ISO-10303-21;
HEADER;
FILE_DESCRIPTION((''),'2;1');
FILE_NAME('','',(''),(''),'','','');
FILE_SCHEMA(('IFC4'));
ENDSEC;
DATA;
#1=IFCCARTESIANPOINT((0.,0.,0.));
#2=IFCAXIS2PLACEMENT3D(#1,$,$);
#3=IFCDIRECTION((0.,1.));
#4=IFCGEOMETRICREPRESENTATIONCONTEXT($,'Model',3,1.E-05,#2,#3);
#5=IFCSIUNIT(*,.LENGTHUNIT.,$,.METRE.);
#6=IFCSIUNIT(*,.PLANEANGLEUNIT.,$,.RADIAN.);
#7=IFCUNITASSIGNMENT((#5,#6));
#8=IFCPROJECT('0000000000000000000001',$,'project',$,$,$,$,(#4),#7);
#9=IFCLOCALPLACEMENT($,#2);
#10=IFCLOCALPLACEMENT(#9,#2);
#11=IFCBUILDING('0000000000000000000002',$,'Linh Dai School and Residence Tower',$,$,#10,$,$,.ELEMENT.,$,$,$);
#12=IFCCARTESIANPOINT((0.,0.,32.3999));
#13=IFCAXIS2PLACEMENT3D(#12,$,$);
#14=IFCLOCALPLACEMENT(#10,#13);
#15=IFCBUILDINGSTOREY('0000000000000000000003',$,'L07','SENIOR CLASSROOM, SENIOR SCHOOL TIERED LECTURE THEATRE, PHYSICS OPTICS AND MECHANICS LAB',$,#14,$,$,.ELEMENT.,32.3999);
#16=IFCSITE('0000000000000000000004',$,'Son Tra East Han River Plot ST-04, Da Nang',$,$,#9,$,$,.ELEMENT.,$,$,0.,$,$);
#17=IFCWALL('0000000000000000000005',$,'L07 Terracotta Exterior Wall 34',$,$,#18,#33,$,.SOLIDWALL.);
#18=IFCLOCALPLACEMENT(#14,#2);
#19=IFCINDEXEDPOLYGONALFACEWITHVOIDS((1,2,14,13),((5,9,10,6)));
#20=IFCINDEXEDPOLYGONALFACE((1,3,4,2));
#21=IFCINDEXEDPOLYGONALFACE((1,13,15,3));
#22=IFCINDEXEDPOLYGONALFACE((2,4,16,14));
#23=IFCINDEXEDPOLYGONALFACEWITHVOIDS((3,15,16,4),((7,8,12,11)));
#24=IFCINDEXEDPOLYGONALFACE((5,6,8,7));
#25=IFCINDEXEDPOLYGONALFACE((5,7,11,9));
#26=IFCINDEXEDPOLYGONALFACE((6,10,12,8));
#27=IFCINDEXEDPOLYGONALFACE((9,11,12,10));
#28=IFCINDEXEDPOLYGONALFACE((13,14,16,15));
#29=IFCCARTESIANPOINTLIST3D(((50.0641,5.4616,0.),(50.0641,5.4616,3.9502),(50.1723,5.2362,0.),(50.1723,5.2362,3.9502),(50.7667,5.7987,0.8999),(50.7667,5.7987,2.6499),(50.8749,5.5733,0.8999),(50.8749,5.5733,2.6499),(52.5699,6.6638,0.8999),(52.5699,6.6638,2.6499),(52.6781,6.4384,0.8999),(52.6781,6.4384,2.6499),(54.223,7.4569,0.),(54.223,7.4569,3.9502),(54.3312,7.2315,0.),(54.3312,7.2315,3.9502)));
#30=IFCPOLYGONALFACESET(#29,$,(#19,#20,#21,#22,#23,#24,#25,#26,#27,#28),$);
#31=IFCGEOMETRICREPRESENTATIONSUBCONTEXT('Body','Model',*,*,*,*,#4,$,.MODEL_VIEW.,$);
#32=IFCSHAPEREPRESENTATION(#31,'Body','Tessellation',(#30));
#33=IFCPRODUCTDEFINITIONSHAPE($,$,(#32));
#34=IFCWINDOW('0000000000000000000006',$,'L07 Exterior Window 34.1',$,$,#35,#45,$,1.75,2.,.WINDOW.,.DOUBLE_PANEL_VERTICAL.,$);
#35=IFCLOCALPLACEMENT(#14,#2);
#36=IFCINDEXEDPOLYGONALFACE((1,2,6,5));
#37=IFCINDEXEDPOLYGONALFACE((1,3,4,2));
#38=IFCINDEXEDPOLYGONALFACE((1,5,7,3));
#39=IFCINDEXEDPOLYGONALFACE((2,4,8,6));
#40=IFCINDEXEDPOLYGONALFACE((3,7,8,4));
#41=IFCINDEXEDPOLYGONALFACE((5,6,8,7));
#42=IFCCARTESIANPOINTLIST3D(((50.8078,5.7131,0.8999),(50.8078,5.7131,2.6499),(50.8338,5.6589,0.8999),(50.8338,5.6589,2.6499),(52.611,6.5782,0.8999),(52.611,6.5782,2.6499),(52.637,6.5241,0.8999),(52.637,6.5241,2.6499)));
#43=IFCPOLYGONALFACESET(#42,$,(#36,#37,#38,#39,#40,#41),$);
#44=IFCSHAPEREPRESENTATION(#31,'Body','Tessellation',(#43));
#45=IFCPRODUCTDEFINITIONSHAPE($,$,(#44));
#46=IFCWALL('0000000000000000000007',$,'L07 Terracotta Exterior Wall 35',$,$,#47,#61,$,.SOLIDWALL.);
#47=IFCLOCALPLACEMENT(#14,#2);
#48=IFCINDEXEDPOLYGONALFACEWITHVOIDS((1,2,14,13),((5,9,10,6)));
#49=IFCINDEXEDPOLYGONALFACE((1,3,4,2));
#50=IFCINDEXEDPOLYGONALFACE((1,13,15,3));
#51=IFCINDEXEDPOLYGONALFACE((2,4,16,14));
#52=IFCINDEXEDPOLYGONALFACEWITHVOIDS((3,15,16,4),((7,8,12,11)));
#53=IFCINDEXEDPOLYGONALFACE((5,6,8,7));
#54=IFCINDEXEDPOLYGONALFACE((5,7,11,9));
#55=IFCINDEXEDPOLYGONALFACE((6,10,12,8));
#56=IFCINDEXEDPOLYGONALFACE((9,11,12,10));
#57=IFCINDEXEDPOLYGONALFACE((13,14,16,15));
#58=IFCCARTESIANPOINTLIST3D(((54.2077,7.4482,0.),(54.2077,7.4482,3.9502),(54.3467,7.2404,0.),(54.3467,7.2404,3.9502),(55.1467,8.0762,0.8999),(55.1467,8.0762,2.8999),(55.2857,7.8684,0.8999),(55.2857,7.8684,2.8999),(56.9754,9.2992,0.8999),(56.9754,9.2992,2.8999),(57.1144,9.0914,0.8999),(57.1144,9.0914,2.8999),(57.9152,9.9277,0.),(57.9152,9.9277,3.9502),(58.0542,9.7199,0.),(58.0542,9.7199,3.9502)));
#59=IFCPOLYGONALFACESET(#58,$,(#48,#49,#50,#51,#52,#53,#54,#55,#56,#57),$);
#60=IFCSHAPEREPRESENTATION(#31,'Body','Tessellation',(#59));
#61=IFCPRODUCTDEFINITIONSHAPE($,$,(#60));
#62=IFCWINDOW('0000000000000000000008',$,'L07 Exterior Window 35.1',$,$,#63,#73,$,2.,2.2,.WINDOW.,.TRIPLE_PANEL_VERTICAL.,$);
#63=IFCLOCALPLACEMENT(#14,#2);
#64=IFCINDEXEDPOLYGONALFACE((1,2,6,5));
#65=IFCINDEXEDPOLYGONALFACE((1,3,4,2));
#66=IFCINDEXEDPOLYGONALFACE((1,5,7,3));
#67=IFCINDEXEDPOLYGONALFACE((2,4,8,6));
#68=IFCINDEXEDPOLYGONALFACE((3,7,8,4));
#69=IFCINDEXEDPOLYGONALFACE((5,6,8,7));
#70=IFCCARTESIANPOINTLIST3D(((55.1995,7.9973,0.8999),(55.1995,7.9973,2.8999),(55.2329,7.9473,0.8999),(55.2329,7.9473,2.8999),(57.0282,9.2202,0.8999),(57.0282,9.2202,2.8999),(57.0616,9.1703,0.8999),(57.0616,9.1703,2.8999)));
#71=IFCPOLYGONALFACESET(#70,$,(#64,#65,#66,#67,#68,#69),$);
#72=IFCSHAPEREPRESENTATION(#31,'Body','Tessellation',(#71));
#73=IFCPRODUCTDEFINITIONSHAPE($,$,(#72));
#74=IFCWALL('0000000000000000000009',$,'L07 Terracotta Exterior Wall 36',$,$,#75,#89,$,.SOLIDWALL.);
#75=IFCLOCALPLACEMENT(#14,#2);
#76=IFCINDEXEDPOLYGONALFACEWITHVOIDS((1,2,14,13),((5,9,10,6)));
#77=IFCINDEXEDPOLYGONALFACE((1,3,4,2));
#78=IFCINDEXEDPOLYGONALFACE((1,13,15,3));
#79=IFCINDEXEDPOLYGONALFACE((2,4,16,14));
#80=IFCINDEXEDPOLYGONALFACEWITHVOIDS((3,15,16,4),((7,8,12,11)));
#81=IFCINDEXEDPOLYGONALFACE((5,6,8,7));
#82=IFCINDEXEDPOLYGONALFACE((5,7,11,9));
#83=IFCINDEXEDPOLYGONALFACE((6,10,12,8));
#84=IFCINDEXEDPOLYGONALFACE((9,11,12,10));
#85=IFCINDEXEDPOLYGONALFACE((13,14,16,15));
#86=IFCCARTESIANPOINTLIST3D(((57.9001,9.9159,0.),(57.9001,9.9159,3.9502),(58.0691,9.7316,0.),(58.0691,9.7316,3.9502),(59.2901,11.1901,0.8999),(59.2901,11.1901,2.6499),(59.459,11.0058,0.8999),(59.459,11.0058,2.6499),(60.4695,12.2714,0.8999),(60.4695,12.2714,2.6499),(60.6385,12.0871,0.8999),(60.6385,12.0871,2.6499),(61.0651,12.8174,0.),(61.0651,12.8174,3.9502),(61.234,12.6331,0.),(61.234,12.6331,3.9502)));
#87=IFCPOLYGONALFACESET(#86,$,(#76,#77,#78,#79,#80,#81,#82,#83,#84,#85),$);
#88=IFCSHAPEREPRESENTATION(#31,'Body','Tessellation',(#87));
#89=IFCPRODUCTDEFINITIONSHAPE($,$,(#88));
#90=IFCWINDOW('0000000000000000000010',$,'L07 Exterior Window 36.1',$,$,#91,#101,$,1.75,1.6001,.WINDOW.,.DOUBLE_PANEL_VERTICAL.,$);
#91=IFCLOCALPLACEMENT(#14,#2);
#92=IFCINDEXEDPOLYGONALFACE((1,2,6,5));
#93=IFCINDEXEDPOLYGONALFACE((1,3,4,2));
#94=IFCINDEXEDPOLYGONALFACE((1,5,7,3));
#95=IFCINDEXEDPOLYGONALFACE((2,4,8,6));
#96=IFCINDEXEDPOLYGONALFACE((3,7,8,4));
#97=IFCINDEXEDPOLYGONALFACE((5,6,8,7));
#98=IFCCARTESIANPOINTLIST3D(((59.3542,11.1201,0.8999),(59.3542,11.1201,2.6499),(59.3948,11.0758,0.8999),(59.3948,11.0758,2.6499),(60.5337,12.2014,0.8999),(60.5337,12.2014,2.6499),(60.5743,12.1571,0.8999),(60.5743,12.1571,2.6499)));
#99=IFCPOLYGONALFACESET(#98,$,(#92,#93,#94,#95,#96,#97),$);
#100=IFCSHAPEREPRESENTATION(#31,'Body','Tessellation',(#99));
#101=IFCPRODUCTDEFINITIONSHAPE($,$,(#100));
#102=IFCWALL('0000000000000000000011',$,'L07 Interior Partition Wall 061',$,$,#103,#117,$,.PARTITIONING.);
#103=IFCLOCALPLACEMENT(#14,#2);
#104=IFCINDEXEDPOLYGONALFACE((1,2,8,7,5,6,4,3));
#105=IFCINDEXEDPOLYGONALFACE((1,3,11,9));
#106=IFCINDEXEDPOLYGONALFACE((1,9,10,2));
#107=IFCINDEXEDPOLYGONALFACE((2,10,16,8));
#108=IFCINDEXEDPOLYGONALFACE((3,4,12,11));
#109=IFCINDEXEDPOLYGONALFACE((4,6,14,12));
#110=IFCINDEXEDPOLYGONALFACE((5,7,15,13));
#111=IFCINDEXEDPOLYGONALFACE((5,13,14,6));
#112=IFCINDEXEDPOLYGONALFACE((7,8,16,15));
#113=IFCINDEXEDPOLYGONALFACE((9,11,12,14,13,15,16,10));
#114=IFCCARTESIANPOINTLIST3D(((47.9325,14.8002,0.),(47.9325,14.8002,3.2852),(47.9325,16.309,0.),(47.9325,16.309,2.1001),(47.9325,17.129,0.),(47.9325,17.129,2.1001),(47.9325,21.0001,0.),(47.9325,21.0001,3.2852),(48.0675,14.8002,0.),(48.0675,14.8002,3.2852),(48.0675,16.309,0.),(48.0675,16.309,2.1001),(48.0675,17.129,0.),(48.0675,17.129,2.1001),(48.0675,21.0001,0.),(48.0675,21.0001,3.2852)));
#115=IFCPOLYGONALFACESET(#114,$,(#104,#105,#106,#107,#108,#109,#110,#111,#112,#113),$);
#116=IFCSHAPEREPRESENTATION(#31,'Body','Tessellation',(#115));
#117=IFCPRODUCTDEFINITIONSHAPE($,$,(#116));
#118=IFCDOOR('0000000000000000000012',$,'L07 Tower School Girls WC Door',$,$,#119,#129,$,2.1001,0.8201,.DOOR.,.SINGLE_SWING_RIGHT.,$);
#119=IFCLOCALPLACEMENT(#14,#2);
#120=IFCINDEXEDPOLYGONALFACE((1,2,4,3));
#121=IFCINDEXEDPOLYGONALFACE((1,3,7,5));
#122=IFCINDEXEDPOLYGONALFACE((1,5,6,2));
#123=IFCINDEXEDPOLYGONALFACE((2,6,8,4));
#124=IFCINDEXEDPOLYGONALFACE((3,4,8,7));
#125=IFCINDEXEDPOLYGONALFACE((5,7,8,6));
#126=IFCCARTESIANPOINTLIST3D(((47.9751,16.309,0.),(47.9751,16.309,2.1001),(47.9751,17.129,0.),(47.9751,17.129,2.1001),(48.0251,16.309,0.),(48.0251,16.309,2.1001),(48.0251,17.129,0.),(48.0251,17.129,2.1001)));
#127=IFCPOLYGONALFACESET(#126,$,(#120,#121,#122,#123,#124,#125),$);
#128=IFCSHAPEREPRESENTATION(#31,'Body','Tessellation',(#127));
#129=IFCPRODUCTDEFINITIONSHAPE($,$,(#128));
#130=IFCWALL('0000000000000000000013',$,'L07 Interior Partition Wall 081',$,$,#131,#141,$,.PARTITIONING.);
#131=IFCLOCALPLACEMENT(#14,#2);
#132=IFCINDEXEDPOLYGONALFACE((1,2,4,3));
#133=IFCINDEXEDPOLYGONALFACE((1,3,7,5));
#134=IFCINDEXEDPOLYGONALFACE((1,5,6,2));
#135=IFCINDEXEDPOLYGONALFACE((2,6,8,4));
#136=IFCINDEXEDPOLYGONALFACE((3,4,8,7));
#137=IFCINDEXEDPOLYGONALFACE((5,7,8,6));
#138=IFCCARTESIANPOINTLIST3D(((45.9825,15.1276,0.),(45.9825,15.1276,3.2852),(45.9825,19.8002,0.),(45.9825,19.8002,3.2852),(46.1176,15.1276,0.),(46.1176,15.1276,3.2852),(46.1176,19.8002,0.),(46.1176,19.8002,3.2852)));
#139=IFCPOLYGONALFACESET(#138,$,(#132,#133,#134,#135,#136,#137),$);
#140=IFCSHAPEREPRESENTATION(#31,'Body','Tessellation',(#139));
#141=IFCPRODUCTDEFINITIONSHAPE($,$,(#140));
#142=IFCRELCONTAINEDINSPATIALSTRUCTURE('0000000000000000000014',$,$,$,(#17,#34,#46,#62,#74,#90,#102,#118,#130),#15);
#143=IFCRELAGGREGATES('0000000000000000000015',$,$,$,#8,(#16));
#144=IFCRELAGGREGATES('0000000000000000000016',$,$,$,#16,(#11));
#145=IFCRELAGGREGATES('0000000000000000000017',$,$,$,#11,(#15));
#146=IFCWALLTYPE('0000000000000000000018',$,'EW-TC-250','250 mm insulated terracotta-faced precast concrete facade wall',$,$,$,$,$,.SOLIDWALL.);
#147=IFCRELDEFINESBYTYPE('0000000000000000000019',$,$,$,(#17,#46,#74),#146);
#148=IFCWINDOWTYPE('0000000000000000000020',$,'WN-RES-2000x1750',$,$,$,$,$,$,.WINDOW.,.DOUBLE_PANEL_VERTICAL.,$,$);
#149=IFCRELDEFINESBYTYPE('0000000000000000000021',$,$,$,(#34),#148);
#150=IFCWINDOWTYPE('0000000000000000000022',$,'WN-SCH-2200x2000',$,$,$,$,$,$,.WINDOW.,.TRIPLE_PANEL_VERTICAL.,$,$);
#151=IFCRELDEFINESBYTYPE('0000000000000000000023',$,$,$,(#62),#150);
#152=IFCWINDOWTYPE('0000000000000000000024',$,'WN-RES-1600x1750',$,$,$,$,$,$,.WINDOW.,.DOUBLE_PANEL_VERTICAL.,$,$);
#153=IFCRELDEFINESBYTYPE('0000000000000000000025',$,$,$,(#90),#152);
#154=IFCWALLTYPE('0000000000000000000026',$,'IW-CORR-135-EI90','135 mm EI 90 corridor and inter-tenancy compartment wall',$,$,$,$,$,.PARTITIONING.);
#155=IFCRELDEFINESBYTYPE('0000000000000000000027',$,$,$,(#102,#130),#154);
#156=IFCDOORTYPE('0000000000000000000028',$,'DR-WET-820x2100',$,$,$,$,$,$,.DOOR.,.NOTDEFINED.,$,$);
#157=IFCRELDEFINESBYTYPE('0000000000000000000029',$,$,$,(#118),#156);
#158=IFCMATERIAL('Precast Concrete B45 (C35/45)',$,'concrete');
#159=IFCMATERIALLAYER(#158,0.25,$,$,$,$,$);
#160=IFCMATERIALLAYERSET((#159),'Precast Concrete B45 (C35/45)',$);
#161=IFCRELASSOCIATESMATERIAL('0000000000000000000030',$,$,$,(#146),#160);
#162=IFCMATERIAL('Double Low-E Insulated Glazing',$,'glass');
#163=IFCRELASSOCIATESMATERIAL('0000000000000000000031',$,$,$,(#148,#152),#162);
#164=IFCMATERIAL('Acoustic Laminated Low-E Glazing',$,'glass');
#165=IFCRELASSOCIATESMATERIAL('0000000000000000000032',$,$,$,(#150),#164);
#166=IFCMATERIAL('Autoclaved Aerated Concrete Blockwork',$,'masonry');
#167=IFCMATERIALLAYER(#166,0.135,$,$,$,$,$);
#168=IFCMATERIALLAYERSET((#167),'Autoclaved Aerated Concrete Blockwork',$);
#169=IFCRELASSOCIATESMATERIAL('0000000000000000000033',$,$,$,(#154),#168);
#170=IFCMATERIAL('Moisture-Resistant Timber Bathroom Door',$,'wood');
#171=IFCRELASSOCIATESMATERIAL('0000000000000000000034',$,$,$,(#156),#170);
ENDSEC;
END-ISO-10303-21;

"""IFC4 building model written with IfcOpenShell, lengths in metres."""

from ifc_helpers import new_model, si_unit, direction, frame, frame_2d, origin, origin_2d, place, context, subcontext, project, spatial, rectangle, extrude, source, transform, mapped, material, layer, layer_set, type_object, element, fill, save


model = new_model("IFC4")

# Units and contexts
model_context = context("Model", 3, precision=1e-05, world=origin(), true_north=direction((0.0, 1.0)))
body_context = subcontext(model_context, "Body", "Model", "MODEL_VIEW")
ifc_project = project(units=[si_unit("LENGTHUNIT", "METRE"), si_unit("PLANEANGLEUNIT", "RADIAN")], contexts=[model_context])

# Site, building, storey
site_placement = place(None, origin())
site = spatial("IfcSite", under=ifc_project, at=site_placement, Name="Son Tra East Han River Plot ST-04, Da Nang", CompositionType="ELEMENT", RefElevation=0.0)
building_placement = place(site_placement, origin())
building = spatial("IfcBuilding", under=site, at=building_placement, Name="Linh Dai School and Residence Tower", CompositionType="ELEMENT")
storey_placement = place(building_placement, frame((0.0, 0.0, 32.3999)))
storey = spatial("IfcBuildingStorey", under=building, at=storey_placement, Name="L07", Description="SENIOR CLASSROOM, SENIOR SCHOOL TIERED LECTURE THEATRE, PHYSICS OPTICS AND MECHANICS LAB", CompositionType="ELEMENT", Elevation=32.3999)

# Shared definitions
ifc_material_1 = material(Name="Precast Concrete B45 (C35/45)", Category="concrete")

# Shared definitions
ifc_material_2 = material(Name="Double Low-E Insulated Glazing", Category="glass")

# Walls, openings, windows
ifc_layer_1 = layer(ifc_material_1, 0.25)
ifc_layer_set_1 = layer_set([ifc_layer_1], Name="Precast Concrete B45 (C35/45)")
wall_type_1 = type_object("IfcWallType", Name="EW-TC-250", Description="250 mm insulated terracotta-faced precast concrete facade wall", PredefinedType="SOLIDWALL", material=ifc_layer_set_1)
wall_1_placement = place(storey_placement, frame((54.2771, 7.3442, 0.0), z_axis=(0.0, 0.0, 1.0), x_axis=(-0.901602, -0.432568, 0.0)))
wall_1 = element("IfcWall", 1, at=wall_1_placement, inside=storey, type_object=wall_type_1, Name="L07 Terracotta Exterior Wall 34", PredefinedType="SOLIDWALL", context=body_context, shape_type="SweptSolid", body=[
    extrude(rectangle(XDim=4.6128, YDim=0.25, at=frame_2d((2.3064, 0.0))), origin(), (0.0, 0.0, 1.0), 3.9502),
])
opening_1_placement = place(wall_1_placement, frame((1.8335, 0.0, 0.8999)))
opening_1 = element("IfcOpeningElement", 2, at=opening_1_placement, cuts=wall_1, PredefinedType="OPENING", context=body_context, shape_type="SweptSolid", body=[
    extrude(rectangle(XDim=2.0, YDim=1.75, at=origin_2d()), frame((1.0, 0.135, 0.875), z_axis=(0.0, -1.0, 0.0), x_axis=(1.0, 0.0, 0.0)), (0.0, 0.0, 1.0), 0.27),
])
window_type_1 = type_object("IfcWindowType", Name="WN-RES-2000x1750", PartitioningType="DOUBLE_PANEL_VERTICAL", PredefinedType="WINDOW", material=ifc_material_2)
shared_shape_1 = source(origin(), body_context, "Body", "SweptSolid", [
    extrude(rectangle(XDim=2.0, YDim=1.75, at=origin_2d()), frame((1.0, 0.03, 0.875), z_axis=(0.0, -1.0, 0.0), x_axis=(1.0, 0.0, 0.0)), (0.0, 0.0, 1.0), 0.0601),
])
window_1_placement = place(opening_1_placement, origin())
window_1 = element("IfcWindow", 3, at=window_1_placement, inside=storey, type_object=window_type_1, Name="L07 Exterior Window 34.1", OverallHeight=1.75, OverallWidth=2.0, PartitioningType="DOUBLE_PANEL_VERTICAL", PredefinedType="WINDOW", context=body_context, shape_type="MappedRepresentation", body=[
    mapped(shared_shape_1, transform((0.0, 0.0, 0.0), x_axis=(1.0, 0.0, 0.0), y_axis=(0.0, 1.0, 0.0), z_axis=(0.0, 0.0, 1.0), scale=1.0)),
])
fill(opening_1, window_1)
wall_2_placement = place(storey_placement, frame((57.9846, 9.8237, 0.0), z_axis=(0.0, 0.0, 1.0), x_axis=(-0.831241, -0.555912, 0.0)))
wall_2 = element("IfcWall", 4, at=wall_2_placement, inside=storey, type_object=wall_type_1, Name="L07 Terracotta Exterior Wall 35", PredefinedType="SOLIDWALL", context=body_context, shape_type="SweptSolid", body=[
    extrude(rectangle(XDim=4.4602, YDim=0.25, at=frame_2d((2.23, 0.0))), origin(), (0.0, 0.0, 1.0), 3.9502),
])
opening_2_placement = place(wall_2_placement, frame((1.1304, 0.0, 0.8999)))
opening_2 = element("IfcOpeningElement", 5, at=opening_2_placement, cuts=wall_2, PredefinedType="OPENING", context=body_context, shape_type="SweptSolid", body=[
    extrude(rectangle(XDim=2.2, YDim=2.0, at=origin_2d()), frame((1.1001, 0.135, 1.0), z_axis=(0.0, -1.0, 0.0), x_axis=(1.0, 0.0, 0.0)), (0.0, 0.0, 1.0), 0.27),
])
ifc_material_3 = material(Name="Acoustic Laminated Low-E Glazing", Category="glass")
window_type_2 = type_object("IfcWindowType", Name="WN-SCH-2200x2000", PartitioningType="TRIPLE_PANEL_VERTICAL", PredefinedType="WINDOW", material=ifc_material_3)
shared_shape_2 = source(origin(), body_context, "Body", "SweptSolid", [
    extrude(rectangle(XDim=2.2, YDim=2.0, at=origin_2d()), frame((1.1001, 0.03, 1.0), z_axis=(0.0, -1.0, 0.0), x_axis=(1.0, 0.0, 0.0)), (0.0, 0.0, 1.0), 0.0601),
])
window_2_placement = place(opening_2_placement, origin())
window_2 = element("IfcWindow", 6, at=window_2_placement, inside=storey, type_object=window_type_2, Name="L07 Exterior Window 35.1", OverallHeight=2.0, OverallWidth=2.2, PartitioningType="TRIPLE_PANEL_VERTICAL", PredefinedType="WINDOW", context=body_context, shape_type="MappedRepresentation", body=[
    mapped(shared_shape_2, transform((0.0, 0.0, 0.0), x_axis=(1.0, 0.0, 0.0), y_axis=(0.0, 1.0, 0.0), z_axis=(0.0, 0.0, 1.0), scale=1.0)),
])
fill(opening_2, window_2)
wall_3_placement = place(storey_placement, frame((61.1497, 12.7253, 0.0), z_axis=(0.0, 0.0, 1.0), x_axis=(-0.737116, -0.675766, 0.0)))
wall_3 = element("IfcWall", 7, at=wall_3_placement, inside=storey, type_object=wall_type_1, Name="L07 Terracotta Exterior Wall 36", PredefinedType="SOLIDWALL", context=body_context, shape_type="SweptSolid", body=[
    extrude(rectangle(XDim=4.2937, YDim=0.25, at=frame_2d((2.147, 0.0))), origin(), (0.0, 0.0, 1.0), 3.9502),
])
opening_3_placement = place(wall_3_placement, frame((0.8081, 0.0, 0.8999)))
opening_3 = element("IfcOpeningElement", 8, at=opening_3_placement, cuts=wall_3, PredefinedType="OPENING", context=body_context, shape_type="SweptSolid", body=[
    extrude(rectangle(XDim=1.6001, YDim=1.75, at=origin_2d()), frame((0.8, 0.135, 0.875), z_axis=(0.0, -1.0, 0.0), x_axis=(1.0, 0.0, 0.0)), (0.0, 0.0, 1.0), 0.27),
])
window_type_3 = type_object("IfcWindowType", Name="WN-RES-1600x1750", PartitioningType="DOUBLE_PANEL_VERTICAL", PredefinedType="WINDOW", material=ifc_material_2)
shared_shape_3 = source(origin(), body_context, "Body", "SweptSolid", [
    extrude(rectangle(XDim=1.6001, YDim=1.75, at=origin_2d()), frame((0.8, 0.03, 0.875), z_axis=(0.0, -1.0, 0.0), x_axis=(1.0, 0.0, 0.0)), (0.0, 0.0, 1.0), 0.0601),
])
window_3_placement = place(opening_3_placement, origin())
window_3 = element("IfcWindow", 9, at=window_3_placement, inside=storey, type_object=window_type_3, Name="L07 Exterior Window 36.1", OverallHeight=1.75, OverallWidth=1.6001, PartitioningType="DOUBLE_PANEL_VERTICAL", PredefinedType="WINDOW", context=body_context, shape_type="MappedRepresentation", body=[
    mapped(shared_shape_3, transform((0.0, 0.0, 0.0), x_axis=(1.0, 0.0, 0.0), y_axis=(0.0, 1.0, 0.0), z_axis=(0.0, 0.0, 1.0), scale=1.0)),
])
fill(opening_3, window_3)

# Wall, opening, door
ifc_material_4 = material(Name="Autoclaved Aerated Concrete Blockwork", Category="masonry")
ifc_layer_2 = layer(ifc_material_4, 0.135)
ifc_layer_set_2 = layer_set([ifc_layer_2], Name="Autoclaved Aerated Concrete Blockwork")
wall_type_2 = type_object("IfcWallType", Name="IW-CORR-135-EI90", Description="135 mm EI 90 corridor and inter-tenancy compartment wall", PredefinedType="PARTITIONING", material=ifc_layer_set_2)
wall_4_placement = place(storey_placement, frame((48.0, 14.8, 0.0), z_axis=(0.0, 0.0, 1.0), x_axis=(0.0, 1.0, 0.0)))
wall_4 = element("IfcWall", 10, at=wall_4_placement, inside=storey, type_object=wall_type_2, Name="L07 Interior Partition Wall 061", PredefinedType="PARTITIONING", context=body_context, shape_type="SweptSolid", body=[
    extrude(rectangle(XDim=6.2, YDim=0.135, at=frame_2d((3.1001, 0.0))), origin(), (0.0, 0.0, 1.0), 3.2852),
])
opening_4_placement = place(wall_4_placement, frame((1.5088, 0.0, 0.0)))
opening_4 = element("IfcOpeningElement", 11, at=opening_4_placement, cuts=wall_4, PredefinedType="OPENING", context=body_context, shape_type="SweptSolid", body=[
    extrude(rectangle(XDim=0.8201, YDim=2.1001, at=origin_2d()), frame((0.4102, 0.0776, 1.05), z_axis=(0.0, -1.0, 0.0), x_axis=(1.0, 0.0, 0.0)), (0.0, 0.0, 1.0), 0.155),
])
ifc_material_5 = material(Name="Moisture-Resistant Timber Bathroom Door", Category="wood")
door_type_1 = type_object("IfcDoorType", Name="DR-WET-820x2100", OperationType="NOTDEFINED", PredefinedType="DOOR", material=ifc_material_5)
shared_shape_4 = source(origin(), body_context, "Body", "SweptSolid", [
    extrude(rectangle(XDim=0.8201, YDim=2.1001, at=origin_2d()), frame((0.4102, 0.0249, 1.05), z_axis=(0.0, -1.0, 0.0), x_axis=(1.0, 0.0, 0.0)), (0.0, 0.0, 1.0), 0.05),
])
door_1_placement = place(opening_4_placement, origin())
door_1 = element("IfcDoor", 12, at=door_1_placement, inside=storey, type_object=door_type_1, Name="L07 Tower School Girls WC Door", OperationType="SINGLE_SWING_RIGHT", OverallHeight=2.1001, OverallWidth=0.8201, PredefinedType="DOOR", context=body_context, shape_type="MappedRepresentation", body=[
    mapped(shared_shape_4, transform((0.0, 0.0, 0.0), x_axis=(1.0, 0.0, 0.0), y_axis=(0.0, 1.0, 0.0), z_axis=(0.0, 0.0, 1.0), scale=1.0)),
])
fill(opening_4, door_1)

# Wall
wall_5_placement = place(storey_placement, frame((46.05, 15.1274, 0.0), z_axis=(0.0, 0.0, 1.0), x_axis=(0.0, 1.0, 0.0)))
element("IfcWall", 13, at=wall_5_placement, inside=storey, type_object=wall_type_2, Name="L07 Interior Partition Wall 081", PredefinedType="PARTITIONING", context=body_context, shape_type="SweptSolid", body=[
    extrude(rectangle(XDim=4.6726, YDim=0.135, at=frame_2d((2.3364, 0.0))), origin(), (0.0, 0.0, 1.0), 3.2852),
])

save(model, "model.ifc")
